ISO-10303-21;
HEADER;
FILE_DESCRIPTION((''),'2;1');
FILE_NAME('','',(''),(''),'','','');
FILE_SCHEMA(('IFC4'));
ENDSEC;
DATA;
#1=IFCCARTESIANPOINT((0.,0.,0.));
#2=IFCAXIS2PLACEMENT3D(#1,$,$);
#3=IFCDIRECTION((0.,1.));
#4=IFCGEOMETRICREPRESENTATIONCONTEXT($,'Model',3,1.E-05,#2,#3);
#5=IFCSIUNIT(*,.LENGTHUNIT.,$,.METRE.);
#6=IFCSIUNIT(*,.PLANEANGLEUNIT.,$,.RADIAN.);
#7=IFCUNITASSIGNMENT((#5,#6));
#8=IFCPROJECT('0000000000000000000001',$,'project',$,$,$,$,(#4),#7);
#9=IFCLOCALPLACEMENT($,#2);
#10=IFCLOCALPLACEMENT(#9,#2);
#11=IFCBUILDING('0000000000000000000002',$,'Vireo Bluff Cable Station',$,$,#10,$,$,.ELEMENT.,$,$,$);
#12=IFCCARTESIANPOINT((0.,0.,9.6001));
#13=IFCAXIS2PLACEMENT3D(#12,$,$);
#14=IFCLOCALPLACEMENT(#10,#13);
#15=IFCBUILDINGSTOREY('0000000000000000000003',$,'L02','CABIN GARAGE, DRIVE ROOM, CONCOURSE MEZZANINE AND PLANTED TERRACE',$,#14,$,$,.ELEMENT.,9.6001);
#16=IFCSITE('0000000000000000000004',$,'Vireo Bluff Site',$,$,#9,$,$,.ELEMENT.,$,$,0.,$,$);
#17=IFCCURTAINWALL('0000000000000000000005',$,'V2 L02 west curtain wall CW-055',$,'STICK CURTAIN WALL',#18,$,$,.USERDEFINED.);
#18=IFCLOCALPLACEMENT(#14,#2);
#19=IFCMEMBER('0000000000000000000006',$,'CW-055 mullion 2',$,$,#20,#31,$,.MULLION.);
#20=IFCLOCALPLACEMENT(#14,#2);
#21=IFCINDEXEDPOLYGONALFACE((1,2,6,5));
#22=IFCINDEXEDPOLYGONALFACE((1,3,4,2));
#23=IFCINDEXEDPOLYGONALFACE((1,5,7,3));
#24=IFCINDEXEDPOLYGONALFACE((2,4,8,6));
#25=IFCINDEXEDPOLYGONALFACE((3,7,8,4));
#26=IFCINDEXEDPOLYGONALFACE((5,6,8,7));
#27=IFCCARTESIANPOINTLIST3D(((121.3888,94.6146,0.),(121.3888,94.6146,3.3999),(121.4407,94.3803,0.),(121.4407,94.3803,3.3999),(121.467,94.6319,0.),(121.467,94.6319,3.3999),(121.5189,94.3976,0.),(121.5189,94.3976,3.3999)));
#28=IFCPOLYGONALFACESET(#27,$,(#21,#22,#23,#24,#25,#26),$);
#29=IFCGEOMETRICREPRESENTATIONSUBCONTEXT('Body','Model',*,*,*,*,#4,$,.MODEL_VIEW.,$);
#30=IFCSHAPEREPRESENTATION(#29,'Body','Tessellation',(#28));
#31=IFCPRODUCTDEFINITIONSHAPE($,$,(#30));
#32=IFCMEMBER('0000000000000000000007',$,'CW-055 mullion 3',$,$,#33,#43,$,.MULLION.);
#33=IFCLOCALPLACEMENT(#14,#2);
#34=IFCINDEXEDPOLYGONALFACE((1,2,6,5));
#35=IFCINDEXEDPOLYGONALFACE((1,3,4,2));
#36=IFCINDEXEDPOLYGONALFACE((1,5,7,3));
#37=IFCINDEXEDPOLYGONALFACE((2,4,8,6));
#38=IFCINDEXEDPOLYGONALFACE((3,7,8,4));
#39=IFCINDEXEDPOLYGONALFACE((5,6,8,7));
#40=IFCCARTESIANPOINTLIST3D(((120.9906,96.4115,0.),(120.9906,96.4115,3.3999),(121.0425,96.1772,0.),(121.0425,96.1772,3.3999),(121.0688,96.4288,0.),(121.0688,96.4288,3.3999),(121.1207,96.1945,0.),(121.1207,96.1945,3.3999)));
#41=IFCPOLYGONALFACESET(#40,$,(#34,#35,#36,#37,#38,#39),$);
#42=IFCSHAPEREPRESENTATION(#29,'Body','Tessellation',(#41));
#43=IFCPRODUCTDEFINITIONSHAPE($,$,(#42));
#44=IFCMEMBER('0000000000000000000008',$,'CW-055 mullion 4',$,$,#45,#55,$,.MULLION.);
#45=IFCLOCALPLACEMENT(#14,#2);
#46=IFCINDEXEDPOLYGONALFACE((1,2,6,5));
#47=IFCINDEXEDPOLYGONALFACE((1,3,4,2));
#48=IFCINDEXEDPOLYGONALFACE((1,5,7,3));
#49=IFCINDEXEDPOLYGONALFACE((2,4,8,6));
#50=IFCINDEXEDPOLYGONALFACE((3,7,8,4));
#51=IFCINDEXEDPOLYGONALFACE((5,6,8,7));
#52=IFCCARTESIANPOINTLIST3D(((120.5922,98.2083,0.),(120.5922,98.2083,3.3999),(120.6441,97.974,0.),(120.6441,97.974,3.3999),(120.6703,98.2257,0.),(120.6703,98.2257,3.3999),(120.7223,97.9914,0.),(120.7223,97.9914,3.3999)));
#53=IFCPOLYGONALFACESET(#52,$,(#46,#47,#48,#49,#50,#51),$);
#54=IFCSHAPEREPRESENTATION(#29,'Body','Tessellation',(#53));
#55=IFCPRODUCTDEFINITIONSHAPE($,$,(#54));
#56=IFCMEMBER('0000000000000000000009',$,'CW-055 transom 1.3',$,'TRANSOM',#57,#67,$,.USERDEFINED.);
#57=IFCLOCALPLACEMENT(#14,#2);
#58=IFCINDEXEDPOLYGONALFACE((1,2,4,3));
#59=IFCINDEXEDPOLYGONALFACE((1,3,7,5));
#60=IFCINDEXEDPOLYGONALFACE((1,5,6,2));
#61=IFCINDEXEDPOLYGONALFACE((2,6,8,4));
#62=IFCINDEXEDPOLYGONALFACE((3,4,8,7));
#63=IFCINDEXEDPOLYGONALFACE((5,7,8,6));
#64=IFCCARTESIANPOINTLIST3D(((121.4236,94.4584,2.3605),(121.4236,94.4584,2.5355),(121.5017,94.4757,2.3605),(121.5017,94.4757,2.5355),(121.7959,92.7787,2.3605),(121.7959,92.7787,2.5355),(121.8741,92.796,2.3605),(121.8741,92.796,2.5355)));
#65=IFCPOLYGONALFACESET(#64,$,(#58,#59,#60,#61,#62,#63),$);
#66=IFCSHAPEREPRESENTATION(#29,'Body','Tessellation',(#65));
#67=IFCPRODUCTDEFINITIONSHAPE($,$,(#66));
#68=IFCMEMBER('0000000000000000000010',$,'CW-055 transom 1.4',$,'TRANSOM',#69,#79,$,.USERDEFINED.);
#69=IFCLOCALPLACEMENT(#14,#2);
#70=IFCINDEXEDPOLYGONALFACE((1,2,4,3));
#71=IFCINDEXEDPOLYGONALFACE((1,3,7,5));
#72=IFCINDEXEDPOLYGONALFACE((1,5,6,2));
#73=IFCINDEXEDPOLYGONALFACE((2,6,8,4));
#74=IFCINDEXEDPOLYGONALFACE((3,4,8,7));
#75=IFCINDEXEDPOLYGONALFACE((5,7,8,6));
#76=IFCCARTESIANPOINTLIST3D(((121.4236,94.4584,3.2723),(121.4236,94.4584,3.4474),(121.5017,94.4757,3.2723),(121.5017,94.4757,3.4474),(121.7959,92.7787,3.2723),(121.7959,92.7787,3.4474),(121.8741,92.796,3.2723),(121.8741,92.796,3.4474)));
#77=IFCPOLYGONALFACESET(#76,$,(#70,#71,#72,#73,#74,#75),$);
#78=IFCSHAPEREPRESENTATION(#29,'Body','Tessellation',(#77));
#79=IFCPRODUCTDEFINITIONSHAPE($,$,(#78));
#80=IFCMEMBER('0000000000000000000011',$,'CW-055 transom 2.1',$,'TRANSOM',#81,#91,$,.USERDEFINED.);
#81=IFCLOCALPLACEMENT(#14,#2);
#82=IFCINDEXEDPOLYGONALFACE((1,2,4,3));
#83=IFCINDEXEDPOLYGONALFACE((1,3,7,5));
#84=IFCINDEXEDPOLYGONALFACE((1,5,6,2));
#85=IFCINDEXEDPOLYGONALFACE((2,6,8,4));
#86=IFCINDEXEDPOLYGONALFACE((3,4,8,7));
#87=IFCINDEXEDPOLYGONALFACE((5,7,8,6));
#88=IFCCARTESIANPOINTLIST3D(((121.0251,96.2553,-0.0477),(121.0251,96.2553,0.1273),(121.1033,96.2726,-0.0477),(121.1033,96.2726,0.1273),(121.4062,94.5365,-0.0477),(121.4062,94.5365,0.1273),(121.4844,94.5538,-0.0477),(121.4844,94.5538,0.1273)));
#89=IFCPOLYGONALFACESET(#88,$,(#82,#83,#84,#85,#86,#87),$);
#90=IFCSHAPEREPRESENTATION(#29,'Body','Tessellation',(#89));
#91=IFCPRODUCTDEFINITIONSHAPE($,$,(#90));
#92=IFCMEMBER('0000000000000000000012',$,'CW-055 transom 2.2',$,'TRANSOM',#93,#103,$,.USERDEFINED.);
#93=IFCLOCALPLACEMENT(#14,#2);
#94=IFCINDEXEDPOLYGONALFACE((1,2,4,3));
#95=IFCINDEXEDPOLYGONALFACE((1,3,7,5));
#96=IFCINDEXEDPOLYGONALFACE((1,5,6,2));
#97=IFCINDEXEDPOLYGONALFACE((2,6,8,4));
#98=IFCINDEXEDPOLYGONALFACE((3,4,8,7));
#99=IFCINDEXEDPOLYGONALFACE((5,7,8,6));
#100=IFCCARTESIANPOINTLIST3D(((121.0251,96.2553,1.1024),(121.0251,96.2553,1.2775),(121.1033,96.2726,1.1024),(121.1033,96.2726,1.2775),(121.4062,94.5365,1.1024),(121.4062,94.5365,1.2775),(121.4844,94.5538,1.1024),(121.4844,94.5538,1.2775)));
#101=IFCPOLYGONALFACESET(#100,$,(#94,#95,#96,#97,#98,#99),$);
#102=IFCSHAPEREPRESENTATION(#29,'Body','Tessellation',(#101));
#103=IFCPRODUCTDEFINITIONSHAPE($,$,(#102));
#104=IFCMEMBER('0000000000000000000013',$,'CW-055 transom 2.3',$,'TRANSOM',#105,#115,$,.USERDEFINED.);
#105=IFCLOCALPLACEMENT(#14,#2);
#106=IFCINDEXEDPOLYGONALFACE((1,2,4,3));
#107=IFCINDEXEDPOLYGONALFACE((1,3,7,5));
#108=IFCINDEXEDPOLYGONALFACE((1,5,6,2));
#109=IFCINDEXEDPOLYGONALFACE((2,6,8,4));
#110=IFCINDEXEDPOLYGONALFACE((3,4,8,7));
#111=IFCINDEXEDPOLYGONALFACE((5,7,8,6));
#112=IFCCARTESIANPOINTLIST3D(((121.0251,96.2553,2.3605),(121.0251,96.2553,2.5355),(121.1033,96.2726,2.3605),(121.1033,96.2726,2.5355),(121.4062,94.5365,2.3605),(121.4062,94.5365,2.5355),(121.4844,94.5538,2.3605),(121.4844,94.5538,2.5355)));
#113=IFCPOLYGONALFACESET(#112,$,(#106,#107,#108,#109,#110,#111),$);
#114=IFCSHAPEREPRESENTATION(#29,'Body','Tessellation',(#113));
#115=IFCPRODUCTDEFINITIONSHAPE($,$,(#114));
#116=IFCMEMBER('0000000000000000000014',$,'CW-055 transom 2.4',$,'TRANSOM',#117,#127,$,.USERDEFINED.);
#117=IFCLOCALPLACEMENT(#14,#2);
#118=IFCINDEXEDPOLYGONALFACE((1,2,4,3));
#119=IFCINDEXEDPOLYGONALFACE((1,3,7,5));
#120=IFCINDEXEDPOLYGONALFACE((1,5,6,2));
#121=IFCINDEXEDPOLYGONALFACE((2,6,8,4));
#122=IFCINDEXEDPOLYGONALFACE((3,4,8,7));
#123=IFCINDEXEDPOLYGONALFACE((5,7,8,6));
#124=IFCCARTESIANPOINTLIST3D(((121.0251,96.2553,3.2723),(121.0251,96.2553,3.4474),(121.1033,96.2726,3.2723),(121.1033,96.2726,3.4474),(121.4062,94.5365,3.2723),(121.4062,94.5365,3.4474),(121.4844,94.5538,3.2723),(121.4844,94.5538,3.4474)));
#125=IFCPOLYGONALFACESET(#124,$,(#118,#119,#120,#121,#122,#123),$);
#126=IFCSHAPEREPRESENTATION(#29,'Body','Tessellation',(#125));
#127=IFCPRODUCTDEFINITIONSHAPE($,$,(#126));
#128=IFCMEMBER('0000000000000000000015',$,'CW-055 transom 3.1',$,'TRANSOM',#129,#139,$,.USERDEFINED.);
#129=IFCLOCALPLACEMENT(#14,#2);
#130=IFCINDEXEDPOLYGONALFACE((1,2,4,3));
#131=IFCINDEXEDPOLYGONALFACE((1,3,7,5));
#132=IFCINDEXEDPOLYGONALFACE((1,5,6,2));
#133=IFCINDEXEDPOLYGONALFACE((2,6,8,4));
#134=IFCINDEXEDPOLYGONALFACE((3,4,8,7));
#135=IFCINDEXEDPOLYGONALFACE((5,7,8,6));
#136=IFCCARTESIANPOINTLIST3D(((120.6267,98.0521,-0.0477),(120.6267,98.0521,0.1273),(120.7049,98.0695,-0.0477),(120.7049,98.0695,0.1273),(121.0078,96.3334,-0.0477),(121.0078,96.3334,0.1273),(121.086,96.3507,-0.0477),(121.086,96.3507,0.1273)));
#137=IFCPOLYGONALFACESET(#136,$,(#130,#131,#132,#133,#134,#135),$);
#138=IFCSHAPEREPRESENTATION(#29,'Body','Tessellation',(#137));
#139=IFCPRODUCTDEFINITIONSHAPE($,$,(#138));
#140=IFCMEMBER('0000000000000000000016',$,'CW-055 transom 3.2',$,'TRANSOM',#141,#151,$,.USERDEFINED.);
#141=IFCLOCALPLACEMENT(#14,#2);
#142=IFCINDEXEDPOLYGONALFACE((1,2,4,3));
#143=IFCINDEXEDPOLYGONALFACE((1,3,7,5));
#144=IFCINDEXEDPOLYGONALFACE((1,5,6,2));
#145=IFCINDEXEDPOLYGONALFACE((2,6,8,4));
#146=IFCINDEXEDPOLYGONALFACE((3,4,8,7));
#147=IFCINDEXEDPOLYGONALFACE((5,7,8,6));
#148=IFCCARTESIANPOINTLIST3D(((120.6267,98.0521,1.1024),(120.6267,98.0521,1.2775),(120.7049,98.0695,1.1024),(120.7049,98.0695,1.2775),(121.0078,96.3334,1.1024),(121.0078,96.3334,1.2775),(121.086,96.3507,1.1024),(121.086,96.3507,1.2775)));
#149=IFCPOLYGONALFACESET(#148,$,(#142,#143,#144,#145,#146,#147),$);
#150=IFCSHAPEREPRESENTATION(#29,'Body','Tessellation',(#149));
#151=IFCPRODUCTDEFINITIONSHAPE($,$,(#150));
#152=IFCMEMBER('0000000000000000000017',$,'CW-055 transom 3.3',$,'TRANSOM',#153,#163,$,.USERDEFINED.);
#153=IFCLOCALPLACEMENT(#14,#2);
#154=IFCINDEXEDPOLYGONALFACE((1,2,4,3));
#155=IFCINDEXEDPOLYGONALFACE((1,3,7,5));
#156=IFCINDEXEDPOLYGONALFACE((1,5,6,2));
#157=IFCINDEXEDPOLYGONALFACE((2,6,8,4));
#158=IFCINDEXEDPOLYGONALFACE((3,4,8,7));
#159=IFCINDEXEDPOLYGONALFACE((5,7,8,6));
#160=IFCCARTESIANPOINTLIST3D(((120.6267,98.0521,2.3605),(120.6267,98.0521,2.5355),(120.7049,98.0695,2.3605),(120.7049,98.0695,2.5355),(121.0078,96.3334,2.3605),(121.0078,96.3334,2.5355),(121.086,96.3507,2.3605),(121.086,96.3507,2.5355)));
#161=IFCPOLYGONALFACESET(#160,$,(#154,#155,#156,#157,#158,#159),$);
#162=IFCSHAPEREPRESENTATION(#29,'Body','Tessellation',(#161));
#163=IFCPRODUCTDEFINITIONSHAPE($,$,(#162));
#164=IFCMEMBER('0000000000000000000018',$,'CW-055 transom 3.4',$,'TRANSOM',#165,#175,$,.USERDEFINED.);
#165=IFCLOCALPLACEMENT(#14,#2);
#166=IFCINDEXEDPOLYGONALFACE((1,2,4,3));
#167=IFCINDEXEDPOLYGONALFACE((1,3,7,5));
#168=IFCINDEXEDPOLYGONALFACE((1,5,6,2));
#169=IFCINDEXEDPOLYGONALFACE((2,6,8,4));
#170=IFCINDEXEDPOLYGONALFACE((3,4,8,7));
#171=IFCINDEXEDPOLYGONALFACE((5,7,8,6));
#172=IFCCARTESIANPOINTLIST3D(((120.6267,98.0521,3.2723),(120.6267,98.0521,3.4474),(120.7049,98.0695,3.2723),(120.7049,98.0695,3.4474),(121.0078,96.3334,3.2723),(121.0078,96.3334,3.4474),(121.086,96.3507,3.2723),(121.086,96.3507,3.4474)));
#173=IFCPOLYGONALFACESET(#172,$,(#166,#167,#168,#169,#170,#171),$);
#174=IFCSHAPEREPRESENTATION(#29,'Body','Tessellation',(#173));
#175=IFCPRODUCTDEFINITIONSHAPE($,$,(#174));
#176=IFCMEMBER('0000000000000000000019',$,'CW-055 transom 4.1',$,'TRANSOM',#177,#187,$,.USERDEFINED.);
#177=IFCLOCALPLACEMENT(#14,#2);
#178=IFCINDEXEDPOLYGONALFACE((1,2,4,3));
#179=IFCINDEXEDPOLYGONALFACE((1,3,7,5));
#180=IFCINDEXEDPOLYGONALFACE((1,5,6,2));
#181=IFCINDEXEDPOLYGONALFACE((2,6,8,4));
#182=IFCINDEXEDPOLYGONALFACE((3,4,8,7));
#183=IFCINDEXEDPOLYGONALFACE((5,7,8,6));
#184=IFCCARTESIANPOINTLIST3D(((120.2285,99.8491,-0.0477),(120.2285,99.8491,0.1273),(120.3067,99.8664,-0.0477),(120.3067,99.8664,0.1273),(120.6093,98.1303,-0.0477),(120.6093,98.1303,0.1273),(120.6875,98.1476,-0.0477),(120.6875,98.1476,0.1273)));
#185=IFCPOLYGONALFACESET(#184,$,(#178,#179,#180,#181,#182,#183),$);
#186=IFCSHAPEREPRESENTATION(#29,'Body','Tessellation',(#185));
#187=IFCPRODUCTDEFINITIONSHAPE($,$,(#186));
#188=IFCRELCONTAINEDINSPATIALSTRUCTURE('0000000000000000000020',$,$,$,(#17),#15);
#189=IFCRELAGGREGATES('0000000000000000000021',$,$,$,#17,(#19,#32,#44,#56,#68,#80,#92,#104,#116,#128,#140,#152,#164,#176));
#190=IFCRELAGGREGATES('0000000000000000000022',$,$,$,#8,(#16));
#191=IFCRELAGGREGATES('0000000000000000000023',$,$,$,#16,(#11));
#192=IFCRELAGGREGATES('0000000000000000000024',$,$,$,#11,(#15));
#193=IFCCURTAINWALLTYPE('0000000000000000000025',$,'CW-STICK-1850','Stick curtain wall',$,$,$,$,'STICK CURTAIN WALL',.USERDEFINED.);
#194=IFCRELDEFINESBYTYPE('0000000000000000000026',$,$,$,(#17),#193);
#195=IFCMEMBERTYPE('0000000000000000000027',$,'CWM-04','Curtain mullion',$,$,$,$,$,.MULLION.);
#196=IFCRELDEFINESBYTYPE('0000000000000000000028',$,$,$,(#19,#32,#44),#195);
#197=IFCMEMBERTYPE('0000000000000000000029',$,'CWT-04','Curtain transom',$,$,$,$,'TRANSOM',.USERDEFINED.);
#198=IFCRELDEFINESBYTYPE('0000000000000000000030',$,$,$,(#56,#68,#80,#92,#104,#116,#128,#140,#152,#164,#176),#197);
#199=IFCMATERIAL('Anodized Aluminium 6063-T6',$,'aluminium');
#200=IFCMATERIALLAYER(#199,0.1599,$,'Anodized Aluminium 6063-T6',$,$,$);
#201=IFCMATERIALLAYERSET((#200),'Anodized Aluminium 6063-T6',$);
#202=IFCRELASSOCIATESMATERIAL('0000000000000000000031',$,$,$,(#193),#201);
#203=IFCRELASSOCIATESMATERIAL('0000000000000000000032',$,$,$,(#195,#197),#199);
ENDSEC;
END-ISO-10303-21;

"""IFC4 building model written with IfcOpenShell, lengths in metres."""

from ifc_helpers import new_model, si_unit, direction, frame, origin, origin_2d, place, context, subcontext, project, spatial, rectangle, extrude, material, layer, layer_set, material_profile, profile_set, type_object, element, aggregate, save


model = new_model("IFC4")

# Units and contexts
model_context = context("Model", 3, precision=1e-05, world=origin(), true_north=direction((0.0, 1.0)))
body_context = subcontext(model_context, "Body", "Model", "MODEL_VIEW")
ifc_project = project(units=[si_unit("LENGTHUNIT", "METRE"), si_unit("PLANEANGLEUNIT", "RADIAN")], contexts=[model_context])

# Site, building, storey
site_placement = place(None, origin())
site = spatial("IfcSite", under=ifc_project, at=site_placement, Name="Vireo Bluff Site", CompositionType="ELEMENT", RefElevation=0.0)
building_placement = place(site_placement, origin())
building = spatial("IfcBuilding", under=site, at=building_placement, Name="Vireo Bluff Cable Station", CompositionType="ELEMENT")
storey_placement = place(building_placement, frame((0.0, 0.0, 9.6001)))
storey = spatial("IfcBuildingStorey", under=building, at=storey_placement, Name="L02", Description="CABIN GARAGE, DRIVE ROOM, CONCOURSE MEZZANINE AND PLANTED TERRACE", CompositionType="ELEMENT", Elevation=9.6001)

# Curtain wall, members
ifc_material_1 = material(Name="Anodized Aluminium 6063-T6", Category="aluminium")
ifc_layer_1 = layer(ifc_material_1, 0.1599, Name="Anodized Aluminium 6063-T6")
ifc_layer_set_1 = layer_set([ifc_layer_1], Name="Anodized Aluminium 6063-T6")
curtain_wall_type = type_object("IfcCurtainWallType", Name="CW-STICK-1850", Description="Stick curtain wall", ElementType="STICK CURTAIN WALL", PredefinedType="USERDEFINED", material=ifc_layer_set_1)
curtain_wall_placement = place(storey_placement, origin())
curtain_wall = element("IfcCurtainWall", 1, at=curtain_wall_placement, inside=storey, type_object=curtain_wall_type, Name="V2 L02 west curtain wall CW-055", ObjectType="STICK CURTAIN WALL", PredefinedType="USERDEFINED")
ifc_material_profile_1 = material_profile(ifc_material_1, rectangle(XDim=0.0801, YDim=0.24, at=origin_2d()), Name="ALU-M-80X240")
ifc_profile_set_1 = profile_set([ifc_material_profile_1], Name="Anodized Aluminium 6063-T6")
member_type_1 = type_object("IfcMemberType", Name="CWM-04", Description="Curtain mullion", PredefinedType="MULLION", material=ifc_profile_set_1)
member_1_placement = place(storey_placement, frame((121.4539, 94.5061, 0.0), z_axis=(0.0, 0.0, 1.0), x_axis=(-0.976296, -0.21644, 0.0)))
member_1 = element("IfcMember", 2, at=member_1_placement, type_object=member_type_1, Name="CW-055 mullion 2", PredefinedType="MULLION", context=body_context, shape_type="SweptSolid", body=[
    extrude(rectangle(XDim=0.0801, YDim=0.24, at=origin_2d()), origin(), (0.0, 0.0, 1.0), 3.3999),
])
member_2_placement = place(storey_placement, frame((121.0557, 96.303, 0.0), z_axis=(0.0, 0.0, 1.0), x_axis=(-0.976296, -0.21644, 0.0)))
member_2 = element("IfcMember", 3, at=member_2_placement, type_object=member_type_1, Name="CW-055 mullion 3", PredefinedType="MULLION", context=body_context, shape_type="SweptSolid", body=[
    extrude(rectangle(XDim=0.0801, YDim=0.24, at=origin_2d()), origin(), (0.0, 0.0, 1.0), 3.3999),
])
member_3_placement = place(storey_placement, frame((120.6572, 98.0999, 0.0), z_axis=(0.0, 0.0, 1.0), x_axis=(-0.976296, -0.21644, 0.0)))
member_3 = element("IfcMember", 4, at=member_3_placement, type_object=member_type_1, Name="CW-055 mullion 4", PredefinedType="MULLION", context=body_context, shape_type="SweptSolid", body=[
    extrude(rectangle(XDim=0.0801, YDim=0.24, at=origin_2d()), origin(), (0.0, 0.0, 1.0), 3.3999),
])
ifc_material_profile_2 = material_profile(ifc_material_1, rectangle(XDim=0.0801, YDim=0.175, at=origin_2d()), Name="ALU-T-80X175")
ifc_profile_set_2 = profile_set([ifc_material_profile_2], Name="Anodized Aluminium 6063-T6")
member_type_2 = type_object("IfcMemberType", Name="CWT-04", Description="Curtain transom", ElementType="TRANSOM", PredefinedType="USERDEFINED", material=ifc_profile_set_2)
member_4_placement = place(storey_placement, frame((121.835, 92.7874, 2.448), z_axis=(-0.216405, 0.976304, 0.0), x_axis=(-0.976304, -0.216405, 0.0)))
member_4 = element("IfcMember", 5, at=member_4_placement, type_object=member_type_2, Name="CW-055 transom 1.3", ObjectType="TRANSOM", PredefinedType="USERDEFINED", context=body_context, shape_type="SweptSolid", body=[
    extrude(rectangle(XDim=0.0801, YDim=0.175, at=origin_2d()), origin(), (0.0, 0.0, 1.0), 1.7205),
])
member_5_placement = place(storey_placement, frame((121.835, 92.7874, 3.3599), z_axis=(-0.216405, 0.976304, 0.0), x_axis=(-0.976304, -0.216405, 0.0)))
member_5 = element("IfcMember", 6, at=member_5_placement, type_object=member_type_2, Name="CW-055 transom 1.4", ObjectType="TRANSOM", PredefinedType="USERDEFINED", context=body_context, shape_type="SweptSolid", body=[
    extrude(rectangle(XDim=0.0801, YDim=0.175, at=origin_2d()), origin(), (0.0, 0.0, 1.0), 1.7205),
])
member_6_placement = place(storey_placement, frame((121.4453, 94.5452, 0.0398), z_axis=(-0.216475, 0.976288, 0.0), x_axis=(-0.976288, -0.216475, 0.0)))
member_6 = element("IfcMember", 7, at=member_6_placement, type_object=member_type_2, Name="CW-055 transom 2.1", ObjectType="TRANSOM", PredefinedType="USERDEFINED", context=body_context, shape_type="SweptSolid", body=[
    extrude(rectangle(XDim=0.0801, YDim=0.175, at=origin_2d()), origin(), (0.0, 0.0, 1.0), 1.7605),
])
member_7_placement = place(storey_placement, frame((121.4453, 94.5452, 1.1899), z_axis=(-0.216475, 0.976288, 0.0), x_axis=(-0.976288, -0.216475, 0.0)))
member_7 = element("IfcMember", 8, at=member_7_placement, type_object=member_type_2, Name="CW-055 transom 2.2", ObjectType="TRANSOM", PredefinedType="USERDEFINED", context=body_context, shape_type="SweptSolid", body=[
    extrude(rectangle(XDim=0.0801, YDim=0.175, at=origin_2d()), origin(), (0.0, 0.0, 1.0), 1.7605),
])
member_8_placement = place(storey_placement, frame((121.4453, 94.5452, 2.448), z_axis=(-0.216475, 0.976288, 0.0), x_axis=(-0.976288, -0.216475, 0.0)))
member_8 = element("IfcMember", 9, at=member_8_placement, type_object=member_type_2, Name="CW-055 transom 2.3", ObjectType="TRANSOM", PredefinedType="USERDEFINED", context=body_context, shape_type="SweptSolid", body=[
    extrude(rectangle(XDim=0.0801, YDim=0.175, at=origin_2d()), origin(), (0.0, 0.0, 1.0), 1.7605),
])
member_9_placement = place(storey_placement, frame((121.4453, 94.5452, 3.3599), z_axis=(-0.216475, 0.976288, 0.0), x_axis=(-0.976288, -0.216475, 0.0)))
member_9 = element("IfcMember", 10, at=member_9_placement, type_object=member_type_2, Name="CW-055 transom 2.4", ObjectType="TRANSOM", PredefinedType="USERDEFINED", context=body_context, shape_type="SweptSolid", body=[
    extrude(rectangle(XDim=0.0801, YDim=0.175, at=origin_2d()), origin(), (0.0, 0.0, 1.0), 1.7605),
])
member_10_placement = place(storey_placement, frame((121.0469, 96.342, 0.0398), z_axis=(-0.216475, 0.976288, 0.0), x_axis=(-0.976288, -0.216475, 0.0)))
member_10 = element("IfcMember", 11, at=member_10_placement, type_object=member_type_2, Name="CW-055 transom 3.1", ObjectType="TRANSOM", PredefinedType="USERDEFINED", context=body_context, shape_type="SweptSolid", body=[
    extrude(rectangle(XDim=0.0801, YDim=0.175, at=origin_2d()), origin(), (0.0, 0.0, 1.0), 1.7605),
])
member_11_placement = place(storey_placement, frame((121.0469, 96.342, 1.1899), z_axis=(-0.216475, 0.976288, 0.0), x_axis=(-0.976288, -0.216475, 0.0)))
member_11 = element("IfcMember", 12, at=member_11_placement, type_object=member_type_2, Name="CW-055 transom 3.2", ObjectType="TRANSOM", PredefinedType="USERDEFINED", context=body_context, shape_type="SweptSolid", body=[
    extrude(rectangle(XDim=0.0801, YDim=0.175, at=origin_2d()), origin(), (0.0, 0.0, 1.0), 1.7605),
])
member_12_placement = place(storey_placement, frame((121.0469, 96.342, 2.448), z_axis=(-0.216475, 0.976288, 0.0), x_axis=(-0.976288, -0.216475, 0.0)))
member_12 = element("IfcMember", 13, at=member_12_placement, type_object=member_type_2, Name="CW-055 transom 3.3", ObjectType="TRANSOM", PredefinedType="USERDEFINED", context=body_context, shape_type="SweptSolid", body=[
    extrude(rectangle(XDim=0.0801, YDim=0.175, at=origin_2d()), origin(), (0.0, 0.0, 1.0), 1.7605),
])
member_13_placement = place(storey_placement, frame((121.0469, 96.342, 3.3599), z_axis=(-0.216475, 0.976288, 0.0), x_axis=(-0.976288, -0.216475, 0.0)))
member_13 = element("IfcMember", 14, at=member_13_placement, type_object=member_type_2, Name="CW-055 transom 3.4", ObjectType="TRANSOM", PredefinedType="USERDEFINED", context=body_context, shape_type="SweptSolid", body=[
    extrude(rectangle(XDim=0.0801, YDim=0.175, at=origin_2d()), origin(), (0.0, 0.0, 1.0), 1.7605),
])
member_14_placement = place(storey_placement, frame((120.6484, 98.1389, 0.0398), z_axis=(-0.216343, 0.976317, 0.0), x_axis=(-0.976317, -0.216343, 0.0)))
member_14 = element("IfcMember", 15, at=member_14_placement, type_object=member_type_2, Name="CW-055 transom 4.1", ObjectType="TRANSOM", PredefinedType="USERDEFINED", context=body_context, shape_type="SweptSolid", body=[
    extrude(rectangle(XDim=0.0801, YDim=0.175, at=origin_2d()), origin(), (0.0, 0.0, 1.0), 1.7605),
])
aggregate(curtain_wall, [member_1, member_2, member_3, member_4, member_5, member_6, member_7, member_8, member_9, member_10, member_11, member_12, member_13, member_14])

save(model, "model.ifc")
